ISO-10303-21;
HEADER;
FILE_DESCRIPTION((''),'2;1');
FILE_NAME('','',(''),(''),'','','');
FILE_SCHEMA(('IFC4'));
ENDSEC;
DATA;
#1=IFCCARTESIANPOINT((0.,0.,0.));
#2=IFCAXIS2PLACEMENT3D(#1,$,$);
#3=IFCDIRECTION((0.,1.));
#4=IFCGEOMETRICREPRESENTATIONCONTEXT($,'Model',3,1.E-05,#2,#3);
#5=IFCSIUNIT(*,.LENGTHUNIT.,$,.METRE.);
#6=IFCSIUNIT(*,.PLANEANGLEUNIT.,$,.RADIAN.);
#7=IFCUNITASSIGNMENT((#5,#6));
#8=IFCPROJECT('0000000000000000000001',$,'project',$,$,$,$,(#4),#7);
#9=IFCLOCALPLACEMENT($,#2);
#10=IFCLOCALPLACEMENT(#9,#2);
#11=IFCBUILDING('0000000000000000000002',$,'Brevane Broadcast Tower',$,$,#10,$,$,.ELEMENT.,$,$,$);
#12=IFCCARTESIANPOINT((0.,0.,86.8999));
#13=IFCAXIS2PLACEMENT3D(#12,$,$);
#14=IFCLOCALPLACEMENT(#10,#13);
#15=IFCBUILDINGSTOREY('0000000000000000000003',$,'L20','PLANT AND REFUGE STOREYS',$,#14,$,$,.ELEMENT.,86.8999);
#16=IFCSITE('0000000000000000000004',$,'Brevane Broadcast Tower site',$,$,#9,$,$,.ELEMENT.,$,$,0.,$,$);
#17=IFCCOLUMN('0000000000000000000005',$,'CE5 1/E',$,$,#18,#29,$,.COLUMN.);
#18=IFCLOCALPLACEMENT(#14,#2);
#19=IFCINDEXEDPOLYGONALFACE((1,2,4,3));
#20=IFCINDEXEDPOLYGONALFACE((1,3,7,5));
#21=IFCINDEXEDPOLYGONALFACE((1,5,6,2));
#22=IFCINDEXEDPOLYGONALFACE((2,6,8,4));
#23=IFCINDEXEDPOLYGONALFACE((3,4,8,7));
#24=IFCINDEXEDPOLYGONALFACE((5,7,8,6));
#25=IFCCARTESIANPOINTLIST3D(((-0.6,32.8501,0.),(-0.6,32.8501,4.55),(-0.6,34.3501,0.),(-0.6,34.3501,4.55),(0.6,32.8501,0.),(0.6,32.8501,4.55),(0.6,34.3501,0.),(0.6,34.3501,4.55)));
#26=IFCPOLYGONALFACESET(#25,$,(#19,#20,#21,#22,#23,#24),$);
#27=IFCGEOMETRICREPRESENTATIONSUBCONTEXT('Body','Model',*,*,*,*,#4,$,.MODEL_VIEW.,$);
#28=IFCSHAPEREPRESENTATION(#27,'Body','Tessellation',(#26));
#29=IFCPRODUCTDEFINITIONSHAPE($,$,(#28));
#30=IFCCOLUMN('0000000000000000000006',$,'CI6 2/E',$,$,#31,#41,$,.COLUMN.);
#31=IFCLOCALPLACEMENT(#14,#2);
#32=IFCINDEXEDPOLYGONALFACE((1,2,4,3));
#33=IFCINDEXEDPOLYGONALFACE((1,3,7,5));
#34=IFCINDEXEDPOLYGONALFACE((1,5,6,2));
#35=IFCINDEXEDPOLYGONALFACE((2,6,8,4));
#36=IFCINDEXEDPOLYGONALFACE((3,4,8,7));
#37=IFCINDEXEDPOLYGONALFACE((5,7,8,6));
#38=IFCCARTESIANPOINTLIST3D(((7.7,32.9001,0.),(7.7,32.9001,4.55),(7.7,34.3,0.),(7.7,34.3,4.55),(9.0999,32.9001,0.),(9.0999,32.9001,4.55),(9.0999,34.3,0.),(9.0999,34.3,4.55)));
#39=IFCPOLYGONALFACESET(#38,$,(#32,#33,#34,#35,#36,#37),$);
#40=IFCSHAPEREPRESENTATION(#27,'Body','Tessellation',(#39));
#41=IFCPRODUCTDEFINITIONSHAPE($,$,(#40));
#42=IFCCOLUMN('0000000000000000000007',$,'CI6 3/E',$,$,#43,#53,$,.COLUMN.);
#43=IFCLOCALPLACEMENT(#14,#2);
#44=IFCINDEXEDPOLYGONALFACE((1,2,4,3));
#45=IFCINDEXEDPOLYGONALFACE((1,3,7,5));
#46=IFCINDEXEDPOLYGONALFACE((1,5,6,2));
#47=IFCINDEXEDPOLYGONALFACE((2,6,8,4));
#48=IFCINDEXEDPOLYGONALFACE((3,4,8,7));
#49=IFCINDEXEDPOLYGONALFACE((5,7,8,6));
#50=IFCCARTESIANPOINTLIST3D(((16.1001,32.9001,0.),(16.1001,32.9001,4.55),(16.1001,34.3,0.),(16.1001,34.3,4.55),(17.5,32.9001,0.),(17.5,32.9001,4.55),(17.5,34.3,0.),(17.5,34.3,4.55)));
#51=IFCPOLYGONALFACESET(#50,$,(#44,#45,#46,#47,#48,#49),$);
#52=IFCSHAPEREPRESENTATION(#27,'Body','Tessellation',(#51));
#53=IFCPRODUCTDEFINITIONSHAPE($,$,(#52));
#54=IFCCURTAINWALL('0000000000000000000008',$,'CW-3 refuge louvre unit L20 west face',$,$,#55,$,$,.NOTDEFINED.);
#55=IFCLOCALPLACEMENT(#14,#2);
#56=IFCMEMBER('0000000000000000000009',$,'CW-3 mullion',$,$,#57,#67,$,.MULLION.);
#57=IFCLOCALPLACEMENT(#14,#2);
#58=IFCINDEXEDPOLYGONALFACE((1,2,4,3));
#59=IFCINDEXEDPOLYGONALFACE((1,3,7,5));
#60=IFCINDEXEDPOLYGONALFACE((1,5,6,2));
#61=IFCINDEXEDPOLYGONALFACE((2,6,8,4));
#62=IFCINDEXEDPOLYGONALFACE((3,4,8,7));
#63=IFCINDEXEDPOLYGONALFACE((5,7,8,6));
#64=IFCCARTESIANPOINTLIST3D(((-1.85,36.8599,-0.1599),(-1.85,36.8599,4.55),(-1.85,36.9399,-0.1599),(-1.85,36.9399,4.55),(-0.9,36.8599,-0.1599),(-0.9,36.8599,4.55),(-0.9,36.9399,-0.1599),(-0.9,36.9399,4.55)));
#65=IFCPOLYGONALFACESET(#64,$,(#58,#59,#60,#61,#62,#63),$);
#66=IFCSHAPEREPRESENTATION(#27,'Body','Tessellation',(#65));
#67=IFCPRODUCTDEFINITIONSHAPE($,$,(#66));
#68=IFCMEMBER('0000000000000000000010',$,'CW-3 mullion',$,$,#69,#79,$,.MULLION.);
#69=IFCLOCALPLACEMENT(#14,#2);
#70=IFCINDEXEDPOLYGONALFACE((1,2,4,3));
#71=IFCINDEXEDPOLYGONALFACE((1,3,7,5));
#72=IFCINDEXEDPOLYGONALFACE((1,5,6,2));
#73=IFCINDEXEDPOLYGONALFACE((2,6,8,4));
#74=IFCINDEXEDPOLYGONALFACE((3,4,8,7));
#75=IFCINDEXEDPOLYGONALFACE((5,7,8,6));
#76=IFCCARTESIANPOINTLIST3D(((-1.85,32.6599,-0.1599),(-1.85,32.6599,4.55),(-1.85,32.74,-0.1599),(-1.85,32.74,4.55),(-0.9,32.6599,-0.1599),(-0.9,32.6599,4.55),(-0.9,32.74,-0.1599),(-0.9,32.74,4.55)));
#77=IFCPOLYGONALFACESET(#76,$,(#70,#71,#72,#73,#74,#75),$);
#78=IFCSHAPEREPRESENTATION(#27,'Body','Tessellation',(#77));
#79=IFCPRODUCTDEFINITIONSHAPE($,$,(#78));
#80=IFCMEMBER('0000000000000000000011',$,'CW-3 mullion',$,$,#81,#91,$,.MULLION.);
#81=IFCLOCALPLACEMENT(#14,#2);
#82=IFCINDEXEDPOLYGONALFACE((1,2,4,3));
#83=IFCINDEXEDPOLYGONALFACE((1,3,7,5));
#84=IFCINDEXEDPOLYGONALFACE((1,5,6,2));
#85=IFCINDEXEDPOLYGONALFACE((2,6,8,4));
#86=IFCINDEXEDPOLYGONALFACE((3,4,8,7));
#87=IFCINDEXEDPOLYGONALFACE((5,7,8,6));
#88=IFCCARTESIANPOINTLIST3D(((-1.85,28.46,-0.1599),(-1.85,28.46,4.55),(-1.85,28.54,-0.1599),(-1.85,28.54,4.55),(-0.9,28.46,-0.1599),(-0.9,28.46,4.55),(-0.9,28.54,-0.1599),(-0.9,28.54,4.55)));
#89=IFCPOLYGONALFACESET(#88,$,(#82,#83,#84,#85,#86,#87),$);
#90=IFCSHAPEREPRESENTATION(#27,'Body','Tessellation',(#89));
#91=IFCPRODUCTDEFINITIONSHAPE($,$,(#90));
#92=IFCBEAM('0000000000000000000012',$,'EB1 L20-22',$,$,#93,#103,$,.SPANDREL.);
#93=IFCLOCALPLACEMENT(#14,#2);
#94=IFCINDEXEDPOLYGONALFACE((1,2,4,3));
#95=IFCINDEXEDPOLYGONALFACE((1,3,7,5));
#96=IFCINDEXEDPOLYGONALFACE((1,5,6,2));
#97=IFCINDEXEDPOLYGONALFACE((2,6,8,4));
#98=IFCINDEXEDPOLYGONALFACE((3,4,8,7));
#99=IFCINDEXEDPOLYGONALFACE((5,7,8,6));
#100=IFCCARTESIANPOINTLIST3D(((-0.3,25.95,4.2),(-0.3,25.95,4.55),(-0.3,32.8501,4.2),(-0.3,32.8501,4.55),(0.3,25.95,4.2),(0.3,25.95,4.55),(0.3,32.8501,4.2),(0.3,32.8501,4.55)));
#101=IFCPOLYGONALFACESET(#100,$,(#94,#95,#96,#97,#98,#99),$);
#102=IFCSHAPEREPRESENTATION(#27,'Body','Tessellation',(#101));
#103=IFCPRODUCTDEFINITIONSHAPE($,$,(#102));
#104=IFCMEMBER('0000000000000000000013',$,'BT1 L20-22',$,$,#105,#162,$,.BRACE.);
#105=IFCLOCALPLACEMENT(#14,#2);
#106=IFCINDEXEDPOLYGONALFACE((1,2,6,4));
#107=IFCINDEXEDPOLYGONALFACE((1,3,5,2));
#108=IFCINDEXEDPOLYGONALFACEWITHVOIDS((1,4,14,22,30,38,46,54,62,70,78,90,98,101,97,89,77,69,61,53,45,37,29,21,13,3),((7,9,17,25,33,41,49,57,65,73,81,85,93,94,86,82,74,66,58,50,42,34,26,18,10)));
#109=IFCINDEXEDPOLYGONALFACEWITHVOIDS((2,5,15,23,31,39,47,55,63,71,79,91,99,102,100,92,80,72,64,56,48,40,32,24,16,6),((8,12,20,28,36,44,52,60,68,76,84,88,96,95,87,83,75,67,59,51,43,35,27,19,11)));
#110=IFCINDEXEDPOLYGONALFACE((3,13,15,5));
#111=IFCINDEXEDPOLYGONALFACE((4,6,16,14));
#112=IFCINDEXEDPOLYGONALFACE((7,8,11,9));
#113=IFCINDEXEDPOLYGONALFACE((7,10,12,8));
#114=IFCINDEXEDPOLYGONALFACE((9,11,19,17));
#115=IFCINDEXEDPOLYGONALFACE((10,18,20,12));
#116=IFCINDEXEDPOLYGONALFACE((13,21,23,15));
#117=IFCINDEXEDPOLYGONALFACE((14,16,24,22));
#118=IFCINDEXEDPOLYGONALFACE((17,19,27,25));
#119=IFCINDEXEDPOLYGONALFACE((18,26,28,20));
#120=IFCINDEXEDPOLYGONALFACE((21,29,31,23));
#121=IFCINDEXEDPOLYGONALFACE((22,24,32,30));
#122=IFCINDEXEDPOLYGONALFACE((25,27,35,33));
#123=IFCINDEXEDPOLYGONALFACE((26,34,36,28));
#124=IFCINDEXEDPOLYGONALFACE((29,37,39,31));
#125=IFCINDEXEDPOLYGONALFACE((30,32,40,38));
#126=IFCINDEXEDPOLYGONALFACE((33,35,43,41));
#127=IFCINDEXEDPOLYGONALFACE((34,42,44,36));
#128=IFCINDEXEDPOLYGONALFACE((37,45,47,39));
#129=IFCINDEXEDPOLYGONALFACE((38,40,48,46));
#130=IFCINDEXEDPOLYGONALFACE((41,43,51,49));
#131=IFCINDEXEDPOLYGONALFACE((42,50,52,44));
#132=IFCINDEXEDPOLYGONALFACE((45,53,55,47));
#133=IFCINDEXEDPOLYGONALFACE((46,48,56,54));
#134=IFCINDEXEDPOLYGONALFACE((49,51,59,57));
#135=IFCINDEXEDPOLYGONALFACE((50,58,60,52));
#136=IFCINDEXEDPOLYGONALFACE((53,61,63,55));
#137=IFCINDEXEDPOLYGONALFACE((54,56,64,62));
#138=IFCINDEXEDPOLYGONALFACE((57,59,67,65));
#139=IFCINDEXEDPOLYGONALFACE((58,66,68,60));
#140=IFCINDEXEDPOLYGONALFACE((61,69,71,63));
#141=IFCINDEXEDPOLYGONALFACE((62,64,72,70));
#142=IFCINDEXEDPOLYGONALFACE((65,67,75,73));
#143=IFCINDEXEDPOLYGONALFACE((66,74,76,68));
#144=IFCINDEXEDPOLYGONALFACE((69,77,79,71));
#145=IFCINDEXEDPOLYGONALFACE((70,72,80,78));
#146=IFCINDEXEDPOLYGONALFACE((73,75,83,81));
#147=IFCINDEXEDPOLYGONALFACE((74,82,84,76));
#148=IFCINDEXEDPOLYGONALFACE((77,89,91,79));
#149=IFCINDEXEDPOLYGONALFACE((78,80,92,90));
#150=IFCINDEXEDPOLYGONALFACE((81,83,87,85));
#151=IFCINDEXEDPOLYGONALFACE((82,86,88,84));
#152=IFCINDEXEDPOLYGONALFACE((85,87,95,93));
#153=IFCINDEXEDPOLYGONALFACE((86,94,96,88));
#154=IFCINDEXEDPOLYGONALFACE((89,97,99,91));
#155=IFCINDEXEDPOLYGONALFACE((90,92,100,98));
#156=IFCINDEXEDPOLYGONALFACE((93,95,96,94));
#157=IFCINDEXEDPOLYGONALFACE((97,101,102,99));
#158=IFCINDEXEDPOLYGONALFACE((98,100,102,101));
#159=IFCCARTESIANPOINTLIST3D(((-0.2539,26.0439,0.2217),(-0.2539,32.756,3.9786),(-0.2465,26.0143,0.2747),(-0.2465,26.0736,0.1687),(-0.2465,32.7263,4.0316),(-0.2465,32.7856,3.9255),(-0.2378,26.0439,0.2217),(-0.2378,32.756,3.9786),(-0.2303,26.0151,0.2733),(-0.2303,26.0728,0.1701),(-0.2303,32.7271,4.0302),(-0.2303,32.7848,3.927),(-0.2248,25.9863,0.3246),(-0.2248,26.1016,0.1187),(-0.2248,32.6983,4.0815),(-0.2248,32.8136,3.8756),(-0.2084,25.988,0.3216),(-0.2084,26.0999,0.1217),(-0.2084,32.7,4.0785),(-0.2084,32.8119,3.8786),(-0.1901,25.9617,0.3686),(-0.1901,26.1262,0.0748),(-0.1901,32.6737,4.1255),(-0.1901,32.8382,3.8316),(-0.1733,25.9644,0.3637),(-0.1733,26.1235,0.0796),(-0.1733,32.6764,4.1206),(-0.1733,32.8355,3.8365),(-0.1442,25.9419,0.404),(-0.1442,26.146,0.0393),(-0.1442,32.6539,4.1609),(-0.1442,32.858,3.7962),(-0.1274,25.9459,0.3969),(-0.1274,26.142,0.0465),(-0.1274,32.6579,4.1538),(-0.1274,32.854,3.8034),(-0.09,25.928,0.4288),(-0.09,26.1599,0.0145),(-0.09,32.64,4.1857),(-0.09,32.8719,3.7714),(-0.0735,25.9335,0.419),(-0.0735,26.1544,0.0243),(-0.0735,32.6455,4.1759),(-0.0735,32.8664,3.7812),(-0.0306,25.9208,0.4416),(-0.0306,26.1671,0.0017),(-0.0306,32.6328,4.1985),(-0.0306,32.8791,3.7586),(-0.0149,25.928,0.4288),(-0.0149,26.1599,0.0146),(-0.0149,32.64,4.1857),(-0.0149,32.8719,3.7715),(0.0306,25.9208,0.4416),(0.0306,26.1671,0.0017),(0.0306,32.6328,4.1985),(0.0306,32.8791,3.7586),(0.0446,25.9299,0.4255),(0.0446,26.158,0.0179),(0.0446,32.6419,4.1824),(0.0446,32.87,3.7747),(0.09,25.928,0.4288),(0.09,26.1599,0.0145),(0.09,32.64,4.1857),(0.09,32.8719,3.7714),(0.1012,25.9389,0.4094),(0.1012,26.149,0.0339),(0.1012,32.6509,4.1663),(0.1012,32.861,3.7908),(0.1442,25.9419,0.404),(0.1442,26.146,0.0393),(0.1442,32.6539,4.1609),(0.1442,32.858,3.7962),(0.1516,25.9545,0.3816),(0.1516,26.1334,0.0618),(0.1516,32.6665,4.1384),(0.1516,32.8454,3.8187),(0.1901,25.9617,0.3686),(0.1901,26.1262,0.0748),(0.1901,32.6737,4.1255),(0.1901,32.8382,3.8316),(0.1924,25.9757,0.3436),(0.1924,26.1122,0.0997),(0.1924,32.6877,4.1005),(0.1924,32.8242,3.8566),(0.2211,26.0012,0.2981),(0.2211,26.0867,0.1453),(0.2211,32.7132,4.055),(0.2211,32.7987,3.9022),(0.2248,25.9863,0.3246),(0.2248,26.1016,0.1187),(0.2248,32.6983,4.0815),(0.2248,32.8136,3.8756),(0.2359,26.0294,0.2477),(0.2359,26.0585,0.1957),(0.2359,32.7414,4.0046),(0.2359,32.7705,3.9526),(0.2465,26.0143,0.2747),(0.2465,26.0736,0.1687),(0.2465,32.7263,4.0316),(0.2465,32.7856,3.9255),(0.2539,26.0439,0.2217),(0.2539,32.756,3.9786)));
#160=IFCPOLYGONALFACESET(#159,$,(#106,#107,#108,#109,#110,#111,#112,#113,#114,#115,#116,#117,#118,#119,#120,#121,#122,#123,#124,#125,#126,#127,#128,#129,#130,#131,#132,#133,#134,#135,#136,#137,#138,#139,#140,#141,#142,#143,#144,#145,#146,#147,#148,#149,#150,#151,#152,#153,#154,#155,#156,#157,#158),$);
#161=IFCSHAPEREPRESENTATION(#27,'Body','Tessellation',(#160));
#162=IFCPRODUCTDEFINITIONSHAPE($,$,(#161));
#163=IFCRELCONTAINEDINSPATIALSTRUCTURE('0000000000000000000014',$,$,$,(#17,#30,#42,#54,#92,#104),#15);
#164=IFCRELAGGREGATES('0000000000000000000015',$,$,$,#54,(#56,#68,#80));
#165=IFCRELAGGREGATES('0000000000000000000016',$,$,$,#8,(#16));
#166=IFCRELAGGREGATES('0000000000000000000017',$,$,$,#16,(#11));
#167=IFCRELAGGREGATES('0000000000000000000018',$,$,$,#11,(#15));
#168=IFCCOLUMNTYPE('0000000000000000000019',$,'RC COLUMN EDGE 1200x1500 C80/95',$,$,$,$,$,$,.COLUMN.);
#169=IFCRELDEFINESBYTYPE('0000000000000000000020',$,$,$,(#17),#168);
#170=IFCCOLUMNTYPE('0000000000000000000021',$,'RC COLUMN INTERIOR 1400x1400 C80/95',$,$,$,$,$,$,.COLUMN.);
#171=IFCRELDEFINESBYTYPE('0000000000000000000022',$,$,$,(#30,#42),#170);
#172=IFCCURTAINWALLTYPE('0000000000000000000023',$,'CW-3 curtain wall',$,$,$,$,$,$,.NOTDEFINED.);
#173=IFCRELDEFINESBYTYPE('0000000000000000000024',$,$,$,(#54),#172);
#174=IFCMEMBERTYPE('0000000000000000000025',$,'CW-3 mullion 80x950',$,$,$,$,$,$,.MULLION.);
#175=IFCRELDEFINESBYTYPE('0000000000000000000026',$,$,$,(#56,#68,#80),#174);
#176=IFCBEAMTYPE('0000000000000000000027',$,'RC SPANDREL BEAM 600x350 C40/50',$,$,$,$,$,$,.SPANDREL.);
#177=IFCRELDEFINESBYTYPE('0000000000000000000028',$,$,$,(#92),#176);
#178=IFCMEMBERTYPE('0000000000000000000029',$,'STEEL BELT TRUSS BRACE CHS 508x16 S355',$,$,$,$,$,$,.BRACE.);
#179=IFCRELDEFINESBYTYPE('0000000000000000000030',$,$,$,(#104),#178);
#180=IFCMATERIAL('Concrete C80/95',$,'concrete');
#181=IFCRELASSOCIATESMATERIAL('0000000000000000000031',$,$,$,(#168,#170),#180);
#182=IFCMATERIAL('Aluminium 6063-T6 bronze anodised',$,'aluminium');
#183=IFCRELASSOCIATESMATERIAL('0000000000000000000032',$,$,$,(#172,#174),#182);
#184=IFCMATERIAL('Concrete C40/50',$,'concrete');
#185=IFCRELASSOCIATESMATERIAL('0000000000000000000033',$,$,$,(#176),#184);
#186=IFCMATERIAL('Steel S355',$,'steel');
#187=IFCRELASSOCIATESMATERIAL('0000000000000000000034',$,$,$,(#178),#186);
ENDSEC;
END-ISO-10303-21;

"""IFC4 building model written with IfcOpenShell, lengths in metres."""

from ifc_helpers import new_model, si_unit, direction, frame, origin, origin_2d, place, context, subcontext, project, spatial, rectangle, hollow_circle, extrude, material, material_profile, profile_set, type_object, element, aggregate, save


model = new_model("IFC4")

# Units and contexts
model_context = context("Model", 3, precision=1e-05, world=origin(), true_north=direction((0.0, 1.0)))
body_context = subcontext(model_context, "Body", "Model", "MODEL_VIEW")
ifc_project = project(units=[si_unit("LENGTHUNIT", "METRE"), si_unit("PLANEANGLEUNIT", "RADIAN")], contexts=[model_context])

# Site, building, storey
site_placement = place(None, origin())
site = spatial("IfcSite", under=ifc_project, at=site_placement, Name="Brevane Broadcast Tower site", CompositionType="ELEMENT", RefElevation=0.0)
building_placement = place(site_placement, origin())
building = spatial("IfcBuilding", under=site, at=building_placement, Name="Brevane Broadcast Tower", CompositionType="ELEMENT")
storey_placement = place(building_placement, frame((0.0, 0.0, 86.8999)))
storey = spatial("IfcBuildingStorey", under=building, at=storey_placement, Name="L20", Description="PLANT AND REFUGE STOREYS", CompositionType="ELEMENT", Elevation=86.8999)

# Columns
ifc_material_1 = material(Name="Concrete C80/95", Category="concrete")
ifc_material_profile_1 = material_profile(ifc_material_1, rectangle(XDim=1.2, YDim=1.5, at=origin_2d()), Name="RC 1200x1500")
ifc_profile_set_1 = profile_set([ifc_material_profile_1], Name="Concrete C80/95")
column_type_1 = type_object("IfcColumnType", Name="RC COLUMN EDGE 1200x1500 C80/95", PredefinedType="COLUMN", material=ifc_profile_set_1)
column_placement = place(storey_placement, frame((0.0, 33.6001, 0.0), z_axis=(0.0, 0.0, 1.0), x_axis=(1.0, 0.0, 0.0)))
element("IfcColumn", 1, at=column_placement, inside=storey, type_object=column_type_1, Name="CE5 1/E", PredefinedType="COLUMN", context=body_context, shape_type="SweptSolid", body=[
    extrude(rectangle(XDim=1.2, YDim=1.5, at=origin_2d()), origin(), (0.0, 0.0, 1.0), 4.55),
])
ifc_material_profile_2 = material_profile(ifc_material_1, rectangle(XDim=1.3999, YDim=1.3999, at=origin_2d()), Name="RC 1400x1400")
ifc_profile_set_2 = profile_set([ifc_material_profile_2], Name="Concrete C80/95")
column_type_2 = type_object("IfcColumnType", Name="RC COLUMN INTERIOR 1400x1400 C80/95", PredefinedType="COLUMN", material=ifc_profile_set_2)
for number, where, z_axis, x_axis, name in (
    (2, (8.3999, 33.6001, 0.0), (0.0, 0.0, 1.0), (1.0, 0.0, 0.0), "CI6 2/E"),
    (3, (16.8, 33.6001, 0.0), (0.0, 0.0, 1.0), (1.0, 0.0, 0.0), "CI6 3/E"),
):
    element("IfcColumn", number, at=place(storey_placement, frame(where, z_axis=z_axis, x_axis=x_axis)), inside=storey, type_object=column_type_2, Name=name, PredefinedType="COLUMN", context=body_context, shape_type="SweptSolid", body=[
        extrude(rectangle(XDim=1.3999, YDim=1.3999, at=origin_2d()), origin(), (0.0, 0.0, 1.0), 4.55),
    ])

# Curtain wall, members
ifc_material_2 = material(Name="Aluminium 6063-T6 bronze anodised", Category="aluminium")
curtain_wall_type = type_object("IfcCurtainWallType", Name="CW-3 curtain wall", PredefinedType="NOTDEFINED", material=ifc_material_2)
curtain_wall_placement = place(storey_placement, origin())
curtain_wall = element("IfcCurtainWall", 4, at=curtain_wall_placement, inside=storey, type_object=curtain_wall_type, Name="CW-3 refuge louvre unit L20 west face", PredefinedType="NOTDEFINED")
ifc_material_profile_3 = material_profile(ifc_material_2, rectangle(XDim=0.95, YDim=0.0801, at=origin_2d()), Name="RECT 80x950")
ifc_profile_set_3 = profile_set([ifc_material_profile_3], Name="Aluminium 6063-T6 bronze anodised")
member_type_1 = type_object("IfcMemberType", Name="CW-3 mullion 80x950", PredefinedType="MULLION", material=ifc_profile_set_3)
member_1_placement = place(storey_placement, frame((-1.375, 36.8999, -0.1599), z_axis=(0.0, 0.0, 1.0), x_axis=(1.0, 0.0, 0.0)))
member_1 = element("IfcMember", 5, at=member_1_placement, type_object=member_type_1, Name="CW-3 mullion", PredefinedType="MULLION", context=body_context, shape_type="SweptSolid", body=[
    extrude(rectangle(XDim=0.95, YDim=0.0801, at=origin_2d()), origin(), (0.0, 0.0, 1.0), 4.71),
])
member_2_placement = place(storey_placement, frame((-1.375, 32.7, -0.1599), z_axis=(0.0, 0.0, 1.0), x_axis=(1.0, 0.0, 0.0)))
member_2 = element("IfcMember", 6, at=member_2_placement, type_object=member_type_1, Name="CW-3 mullion", PredefinedType="MULLION", context=body_context, shape_type="SweptSolid", body=[
    extrude(rectangle(XDim=0.95, YDim=0.0801, at=origin_2d()), origin(), (0.0, 0.0, 1.0), 4.71),
])
member_3_placement = place(storey_placement, frame((-1.375, 28.5, -0.1599), z_axis=(0.0, 0.0, 1.0), x_axis=(1.0, 0.0, 0.0)))
member_3 = element("IfcMember", 7, at=member_3_placement, type_object=member_type_1, Name="CW-3 mullion", PredefinedType="MULLION", context=body_context, shape_type="SweptSolid", body=[
    extrude(rectangle(XDim=0.95, YDim=0.0801, at=origin_2d()), origin(), (0.0, 0.0, 1.0), 4.71),
])
aggregate(curtain_wall, [member_1, member_2, member_3])

# Beam
ifc_material_3 = material(Name="Concrete C40/50", Category="concrete")
ifc_material_profile_4 = material_profile(ifc_material_3, rectangle(XDim=0.6001, YDim=0.3501, at=origin_2d()), Name="RC 600x350")
ifc_profile_set_4 = profile_set([ifc_material_profile_4], Name="Concrete C40/50")
beam_type = type_object("IfcBeamType", Name="RC SPANDREL BEAM 600x350 C40/50", PredefinedType="SPANDREL", material=ifc_profile_set_4)
beam_placement = place(storey_placement, frame((0.0, 32.8501, 4.375), z_axis=(0.0, -1.0, 0.0), x_axis=(1.0, 0.0, 0.0)))
element("IfcBeam", 8, at=beam_placement, inside=storey, type_object=beam_type, Name="EB1 L20-22", PredefinedType="SPANDREL", context=body_context, shape_type="SweptSolid", body=[
    extrude(rectangle(XDim=0.6001, YDim=0.3501, at=origin_2d()), origin(), (0.0, 0.0, 1.0), 6.9001),
])

# Member
ifc_material_4 = material(Name="Steel S355", Category="steel")
ifc_material_profile_5 = material_profile(ifc_material_4, hollow_circle(Radius=0.2539, WallThickness=0.0161, at=origin_2d()), Name="CHS 508x16")
ifc_profile_set_5 = profile_set([ifc_material_profile_5], Name="Steel S355")
member_type_2 = type_object("IfcMemberType", Name="STEEL BELT TRUSS BRACE CHS 508x16 S355", PredefinedType="BRACE", material=ifc_profile_set_5)
member_4_placement = place(storey_placement, frame((0.0, 26.0439, 0.2217), z_axis=(0.0, 0.872608, 0.488422), x_axis=(-1.0, 0.0, 0.0)))
element("IfcMember", 9, at=member_4_placement, inside=storey, type_object=member_type_2, Name="BT1 L20-22", PredefinedType="BRACE", context=body_context, shape_type="SweptSolid", body=[
    extrude(hollow_circle(Radius=0.2539, WallThickness=0.0161, at=origin_2d()), origin(), (0.0, 0.0, 1.0), 7.6919),
])

save(model, "model.ifc")
